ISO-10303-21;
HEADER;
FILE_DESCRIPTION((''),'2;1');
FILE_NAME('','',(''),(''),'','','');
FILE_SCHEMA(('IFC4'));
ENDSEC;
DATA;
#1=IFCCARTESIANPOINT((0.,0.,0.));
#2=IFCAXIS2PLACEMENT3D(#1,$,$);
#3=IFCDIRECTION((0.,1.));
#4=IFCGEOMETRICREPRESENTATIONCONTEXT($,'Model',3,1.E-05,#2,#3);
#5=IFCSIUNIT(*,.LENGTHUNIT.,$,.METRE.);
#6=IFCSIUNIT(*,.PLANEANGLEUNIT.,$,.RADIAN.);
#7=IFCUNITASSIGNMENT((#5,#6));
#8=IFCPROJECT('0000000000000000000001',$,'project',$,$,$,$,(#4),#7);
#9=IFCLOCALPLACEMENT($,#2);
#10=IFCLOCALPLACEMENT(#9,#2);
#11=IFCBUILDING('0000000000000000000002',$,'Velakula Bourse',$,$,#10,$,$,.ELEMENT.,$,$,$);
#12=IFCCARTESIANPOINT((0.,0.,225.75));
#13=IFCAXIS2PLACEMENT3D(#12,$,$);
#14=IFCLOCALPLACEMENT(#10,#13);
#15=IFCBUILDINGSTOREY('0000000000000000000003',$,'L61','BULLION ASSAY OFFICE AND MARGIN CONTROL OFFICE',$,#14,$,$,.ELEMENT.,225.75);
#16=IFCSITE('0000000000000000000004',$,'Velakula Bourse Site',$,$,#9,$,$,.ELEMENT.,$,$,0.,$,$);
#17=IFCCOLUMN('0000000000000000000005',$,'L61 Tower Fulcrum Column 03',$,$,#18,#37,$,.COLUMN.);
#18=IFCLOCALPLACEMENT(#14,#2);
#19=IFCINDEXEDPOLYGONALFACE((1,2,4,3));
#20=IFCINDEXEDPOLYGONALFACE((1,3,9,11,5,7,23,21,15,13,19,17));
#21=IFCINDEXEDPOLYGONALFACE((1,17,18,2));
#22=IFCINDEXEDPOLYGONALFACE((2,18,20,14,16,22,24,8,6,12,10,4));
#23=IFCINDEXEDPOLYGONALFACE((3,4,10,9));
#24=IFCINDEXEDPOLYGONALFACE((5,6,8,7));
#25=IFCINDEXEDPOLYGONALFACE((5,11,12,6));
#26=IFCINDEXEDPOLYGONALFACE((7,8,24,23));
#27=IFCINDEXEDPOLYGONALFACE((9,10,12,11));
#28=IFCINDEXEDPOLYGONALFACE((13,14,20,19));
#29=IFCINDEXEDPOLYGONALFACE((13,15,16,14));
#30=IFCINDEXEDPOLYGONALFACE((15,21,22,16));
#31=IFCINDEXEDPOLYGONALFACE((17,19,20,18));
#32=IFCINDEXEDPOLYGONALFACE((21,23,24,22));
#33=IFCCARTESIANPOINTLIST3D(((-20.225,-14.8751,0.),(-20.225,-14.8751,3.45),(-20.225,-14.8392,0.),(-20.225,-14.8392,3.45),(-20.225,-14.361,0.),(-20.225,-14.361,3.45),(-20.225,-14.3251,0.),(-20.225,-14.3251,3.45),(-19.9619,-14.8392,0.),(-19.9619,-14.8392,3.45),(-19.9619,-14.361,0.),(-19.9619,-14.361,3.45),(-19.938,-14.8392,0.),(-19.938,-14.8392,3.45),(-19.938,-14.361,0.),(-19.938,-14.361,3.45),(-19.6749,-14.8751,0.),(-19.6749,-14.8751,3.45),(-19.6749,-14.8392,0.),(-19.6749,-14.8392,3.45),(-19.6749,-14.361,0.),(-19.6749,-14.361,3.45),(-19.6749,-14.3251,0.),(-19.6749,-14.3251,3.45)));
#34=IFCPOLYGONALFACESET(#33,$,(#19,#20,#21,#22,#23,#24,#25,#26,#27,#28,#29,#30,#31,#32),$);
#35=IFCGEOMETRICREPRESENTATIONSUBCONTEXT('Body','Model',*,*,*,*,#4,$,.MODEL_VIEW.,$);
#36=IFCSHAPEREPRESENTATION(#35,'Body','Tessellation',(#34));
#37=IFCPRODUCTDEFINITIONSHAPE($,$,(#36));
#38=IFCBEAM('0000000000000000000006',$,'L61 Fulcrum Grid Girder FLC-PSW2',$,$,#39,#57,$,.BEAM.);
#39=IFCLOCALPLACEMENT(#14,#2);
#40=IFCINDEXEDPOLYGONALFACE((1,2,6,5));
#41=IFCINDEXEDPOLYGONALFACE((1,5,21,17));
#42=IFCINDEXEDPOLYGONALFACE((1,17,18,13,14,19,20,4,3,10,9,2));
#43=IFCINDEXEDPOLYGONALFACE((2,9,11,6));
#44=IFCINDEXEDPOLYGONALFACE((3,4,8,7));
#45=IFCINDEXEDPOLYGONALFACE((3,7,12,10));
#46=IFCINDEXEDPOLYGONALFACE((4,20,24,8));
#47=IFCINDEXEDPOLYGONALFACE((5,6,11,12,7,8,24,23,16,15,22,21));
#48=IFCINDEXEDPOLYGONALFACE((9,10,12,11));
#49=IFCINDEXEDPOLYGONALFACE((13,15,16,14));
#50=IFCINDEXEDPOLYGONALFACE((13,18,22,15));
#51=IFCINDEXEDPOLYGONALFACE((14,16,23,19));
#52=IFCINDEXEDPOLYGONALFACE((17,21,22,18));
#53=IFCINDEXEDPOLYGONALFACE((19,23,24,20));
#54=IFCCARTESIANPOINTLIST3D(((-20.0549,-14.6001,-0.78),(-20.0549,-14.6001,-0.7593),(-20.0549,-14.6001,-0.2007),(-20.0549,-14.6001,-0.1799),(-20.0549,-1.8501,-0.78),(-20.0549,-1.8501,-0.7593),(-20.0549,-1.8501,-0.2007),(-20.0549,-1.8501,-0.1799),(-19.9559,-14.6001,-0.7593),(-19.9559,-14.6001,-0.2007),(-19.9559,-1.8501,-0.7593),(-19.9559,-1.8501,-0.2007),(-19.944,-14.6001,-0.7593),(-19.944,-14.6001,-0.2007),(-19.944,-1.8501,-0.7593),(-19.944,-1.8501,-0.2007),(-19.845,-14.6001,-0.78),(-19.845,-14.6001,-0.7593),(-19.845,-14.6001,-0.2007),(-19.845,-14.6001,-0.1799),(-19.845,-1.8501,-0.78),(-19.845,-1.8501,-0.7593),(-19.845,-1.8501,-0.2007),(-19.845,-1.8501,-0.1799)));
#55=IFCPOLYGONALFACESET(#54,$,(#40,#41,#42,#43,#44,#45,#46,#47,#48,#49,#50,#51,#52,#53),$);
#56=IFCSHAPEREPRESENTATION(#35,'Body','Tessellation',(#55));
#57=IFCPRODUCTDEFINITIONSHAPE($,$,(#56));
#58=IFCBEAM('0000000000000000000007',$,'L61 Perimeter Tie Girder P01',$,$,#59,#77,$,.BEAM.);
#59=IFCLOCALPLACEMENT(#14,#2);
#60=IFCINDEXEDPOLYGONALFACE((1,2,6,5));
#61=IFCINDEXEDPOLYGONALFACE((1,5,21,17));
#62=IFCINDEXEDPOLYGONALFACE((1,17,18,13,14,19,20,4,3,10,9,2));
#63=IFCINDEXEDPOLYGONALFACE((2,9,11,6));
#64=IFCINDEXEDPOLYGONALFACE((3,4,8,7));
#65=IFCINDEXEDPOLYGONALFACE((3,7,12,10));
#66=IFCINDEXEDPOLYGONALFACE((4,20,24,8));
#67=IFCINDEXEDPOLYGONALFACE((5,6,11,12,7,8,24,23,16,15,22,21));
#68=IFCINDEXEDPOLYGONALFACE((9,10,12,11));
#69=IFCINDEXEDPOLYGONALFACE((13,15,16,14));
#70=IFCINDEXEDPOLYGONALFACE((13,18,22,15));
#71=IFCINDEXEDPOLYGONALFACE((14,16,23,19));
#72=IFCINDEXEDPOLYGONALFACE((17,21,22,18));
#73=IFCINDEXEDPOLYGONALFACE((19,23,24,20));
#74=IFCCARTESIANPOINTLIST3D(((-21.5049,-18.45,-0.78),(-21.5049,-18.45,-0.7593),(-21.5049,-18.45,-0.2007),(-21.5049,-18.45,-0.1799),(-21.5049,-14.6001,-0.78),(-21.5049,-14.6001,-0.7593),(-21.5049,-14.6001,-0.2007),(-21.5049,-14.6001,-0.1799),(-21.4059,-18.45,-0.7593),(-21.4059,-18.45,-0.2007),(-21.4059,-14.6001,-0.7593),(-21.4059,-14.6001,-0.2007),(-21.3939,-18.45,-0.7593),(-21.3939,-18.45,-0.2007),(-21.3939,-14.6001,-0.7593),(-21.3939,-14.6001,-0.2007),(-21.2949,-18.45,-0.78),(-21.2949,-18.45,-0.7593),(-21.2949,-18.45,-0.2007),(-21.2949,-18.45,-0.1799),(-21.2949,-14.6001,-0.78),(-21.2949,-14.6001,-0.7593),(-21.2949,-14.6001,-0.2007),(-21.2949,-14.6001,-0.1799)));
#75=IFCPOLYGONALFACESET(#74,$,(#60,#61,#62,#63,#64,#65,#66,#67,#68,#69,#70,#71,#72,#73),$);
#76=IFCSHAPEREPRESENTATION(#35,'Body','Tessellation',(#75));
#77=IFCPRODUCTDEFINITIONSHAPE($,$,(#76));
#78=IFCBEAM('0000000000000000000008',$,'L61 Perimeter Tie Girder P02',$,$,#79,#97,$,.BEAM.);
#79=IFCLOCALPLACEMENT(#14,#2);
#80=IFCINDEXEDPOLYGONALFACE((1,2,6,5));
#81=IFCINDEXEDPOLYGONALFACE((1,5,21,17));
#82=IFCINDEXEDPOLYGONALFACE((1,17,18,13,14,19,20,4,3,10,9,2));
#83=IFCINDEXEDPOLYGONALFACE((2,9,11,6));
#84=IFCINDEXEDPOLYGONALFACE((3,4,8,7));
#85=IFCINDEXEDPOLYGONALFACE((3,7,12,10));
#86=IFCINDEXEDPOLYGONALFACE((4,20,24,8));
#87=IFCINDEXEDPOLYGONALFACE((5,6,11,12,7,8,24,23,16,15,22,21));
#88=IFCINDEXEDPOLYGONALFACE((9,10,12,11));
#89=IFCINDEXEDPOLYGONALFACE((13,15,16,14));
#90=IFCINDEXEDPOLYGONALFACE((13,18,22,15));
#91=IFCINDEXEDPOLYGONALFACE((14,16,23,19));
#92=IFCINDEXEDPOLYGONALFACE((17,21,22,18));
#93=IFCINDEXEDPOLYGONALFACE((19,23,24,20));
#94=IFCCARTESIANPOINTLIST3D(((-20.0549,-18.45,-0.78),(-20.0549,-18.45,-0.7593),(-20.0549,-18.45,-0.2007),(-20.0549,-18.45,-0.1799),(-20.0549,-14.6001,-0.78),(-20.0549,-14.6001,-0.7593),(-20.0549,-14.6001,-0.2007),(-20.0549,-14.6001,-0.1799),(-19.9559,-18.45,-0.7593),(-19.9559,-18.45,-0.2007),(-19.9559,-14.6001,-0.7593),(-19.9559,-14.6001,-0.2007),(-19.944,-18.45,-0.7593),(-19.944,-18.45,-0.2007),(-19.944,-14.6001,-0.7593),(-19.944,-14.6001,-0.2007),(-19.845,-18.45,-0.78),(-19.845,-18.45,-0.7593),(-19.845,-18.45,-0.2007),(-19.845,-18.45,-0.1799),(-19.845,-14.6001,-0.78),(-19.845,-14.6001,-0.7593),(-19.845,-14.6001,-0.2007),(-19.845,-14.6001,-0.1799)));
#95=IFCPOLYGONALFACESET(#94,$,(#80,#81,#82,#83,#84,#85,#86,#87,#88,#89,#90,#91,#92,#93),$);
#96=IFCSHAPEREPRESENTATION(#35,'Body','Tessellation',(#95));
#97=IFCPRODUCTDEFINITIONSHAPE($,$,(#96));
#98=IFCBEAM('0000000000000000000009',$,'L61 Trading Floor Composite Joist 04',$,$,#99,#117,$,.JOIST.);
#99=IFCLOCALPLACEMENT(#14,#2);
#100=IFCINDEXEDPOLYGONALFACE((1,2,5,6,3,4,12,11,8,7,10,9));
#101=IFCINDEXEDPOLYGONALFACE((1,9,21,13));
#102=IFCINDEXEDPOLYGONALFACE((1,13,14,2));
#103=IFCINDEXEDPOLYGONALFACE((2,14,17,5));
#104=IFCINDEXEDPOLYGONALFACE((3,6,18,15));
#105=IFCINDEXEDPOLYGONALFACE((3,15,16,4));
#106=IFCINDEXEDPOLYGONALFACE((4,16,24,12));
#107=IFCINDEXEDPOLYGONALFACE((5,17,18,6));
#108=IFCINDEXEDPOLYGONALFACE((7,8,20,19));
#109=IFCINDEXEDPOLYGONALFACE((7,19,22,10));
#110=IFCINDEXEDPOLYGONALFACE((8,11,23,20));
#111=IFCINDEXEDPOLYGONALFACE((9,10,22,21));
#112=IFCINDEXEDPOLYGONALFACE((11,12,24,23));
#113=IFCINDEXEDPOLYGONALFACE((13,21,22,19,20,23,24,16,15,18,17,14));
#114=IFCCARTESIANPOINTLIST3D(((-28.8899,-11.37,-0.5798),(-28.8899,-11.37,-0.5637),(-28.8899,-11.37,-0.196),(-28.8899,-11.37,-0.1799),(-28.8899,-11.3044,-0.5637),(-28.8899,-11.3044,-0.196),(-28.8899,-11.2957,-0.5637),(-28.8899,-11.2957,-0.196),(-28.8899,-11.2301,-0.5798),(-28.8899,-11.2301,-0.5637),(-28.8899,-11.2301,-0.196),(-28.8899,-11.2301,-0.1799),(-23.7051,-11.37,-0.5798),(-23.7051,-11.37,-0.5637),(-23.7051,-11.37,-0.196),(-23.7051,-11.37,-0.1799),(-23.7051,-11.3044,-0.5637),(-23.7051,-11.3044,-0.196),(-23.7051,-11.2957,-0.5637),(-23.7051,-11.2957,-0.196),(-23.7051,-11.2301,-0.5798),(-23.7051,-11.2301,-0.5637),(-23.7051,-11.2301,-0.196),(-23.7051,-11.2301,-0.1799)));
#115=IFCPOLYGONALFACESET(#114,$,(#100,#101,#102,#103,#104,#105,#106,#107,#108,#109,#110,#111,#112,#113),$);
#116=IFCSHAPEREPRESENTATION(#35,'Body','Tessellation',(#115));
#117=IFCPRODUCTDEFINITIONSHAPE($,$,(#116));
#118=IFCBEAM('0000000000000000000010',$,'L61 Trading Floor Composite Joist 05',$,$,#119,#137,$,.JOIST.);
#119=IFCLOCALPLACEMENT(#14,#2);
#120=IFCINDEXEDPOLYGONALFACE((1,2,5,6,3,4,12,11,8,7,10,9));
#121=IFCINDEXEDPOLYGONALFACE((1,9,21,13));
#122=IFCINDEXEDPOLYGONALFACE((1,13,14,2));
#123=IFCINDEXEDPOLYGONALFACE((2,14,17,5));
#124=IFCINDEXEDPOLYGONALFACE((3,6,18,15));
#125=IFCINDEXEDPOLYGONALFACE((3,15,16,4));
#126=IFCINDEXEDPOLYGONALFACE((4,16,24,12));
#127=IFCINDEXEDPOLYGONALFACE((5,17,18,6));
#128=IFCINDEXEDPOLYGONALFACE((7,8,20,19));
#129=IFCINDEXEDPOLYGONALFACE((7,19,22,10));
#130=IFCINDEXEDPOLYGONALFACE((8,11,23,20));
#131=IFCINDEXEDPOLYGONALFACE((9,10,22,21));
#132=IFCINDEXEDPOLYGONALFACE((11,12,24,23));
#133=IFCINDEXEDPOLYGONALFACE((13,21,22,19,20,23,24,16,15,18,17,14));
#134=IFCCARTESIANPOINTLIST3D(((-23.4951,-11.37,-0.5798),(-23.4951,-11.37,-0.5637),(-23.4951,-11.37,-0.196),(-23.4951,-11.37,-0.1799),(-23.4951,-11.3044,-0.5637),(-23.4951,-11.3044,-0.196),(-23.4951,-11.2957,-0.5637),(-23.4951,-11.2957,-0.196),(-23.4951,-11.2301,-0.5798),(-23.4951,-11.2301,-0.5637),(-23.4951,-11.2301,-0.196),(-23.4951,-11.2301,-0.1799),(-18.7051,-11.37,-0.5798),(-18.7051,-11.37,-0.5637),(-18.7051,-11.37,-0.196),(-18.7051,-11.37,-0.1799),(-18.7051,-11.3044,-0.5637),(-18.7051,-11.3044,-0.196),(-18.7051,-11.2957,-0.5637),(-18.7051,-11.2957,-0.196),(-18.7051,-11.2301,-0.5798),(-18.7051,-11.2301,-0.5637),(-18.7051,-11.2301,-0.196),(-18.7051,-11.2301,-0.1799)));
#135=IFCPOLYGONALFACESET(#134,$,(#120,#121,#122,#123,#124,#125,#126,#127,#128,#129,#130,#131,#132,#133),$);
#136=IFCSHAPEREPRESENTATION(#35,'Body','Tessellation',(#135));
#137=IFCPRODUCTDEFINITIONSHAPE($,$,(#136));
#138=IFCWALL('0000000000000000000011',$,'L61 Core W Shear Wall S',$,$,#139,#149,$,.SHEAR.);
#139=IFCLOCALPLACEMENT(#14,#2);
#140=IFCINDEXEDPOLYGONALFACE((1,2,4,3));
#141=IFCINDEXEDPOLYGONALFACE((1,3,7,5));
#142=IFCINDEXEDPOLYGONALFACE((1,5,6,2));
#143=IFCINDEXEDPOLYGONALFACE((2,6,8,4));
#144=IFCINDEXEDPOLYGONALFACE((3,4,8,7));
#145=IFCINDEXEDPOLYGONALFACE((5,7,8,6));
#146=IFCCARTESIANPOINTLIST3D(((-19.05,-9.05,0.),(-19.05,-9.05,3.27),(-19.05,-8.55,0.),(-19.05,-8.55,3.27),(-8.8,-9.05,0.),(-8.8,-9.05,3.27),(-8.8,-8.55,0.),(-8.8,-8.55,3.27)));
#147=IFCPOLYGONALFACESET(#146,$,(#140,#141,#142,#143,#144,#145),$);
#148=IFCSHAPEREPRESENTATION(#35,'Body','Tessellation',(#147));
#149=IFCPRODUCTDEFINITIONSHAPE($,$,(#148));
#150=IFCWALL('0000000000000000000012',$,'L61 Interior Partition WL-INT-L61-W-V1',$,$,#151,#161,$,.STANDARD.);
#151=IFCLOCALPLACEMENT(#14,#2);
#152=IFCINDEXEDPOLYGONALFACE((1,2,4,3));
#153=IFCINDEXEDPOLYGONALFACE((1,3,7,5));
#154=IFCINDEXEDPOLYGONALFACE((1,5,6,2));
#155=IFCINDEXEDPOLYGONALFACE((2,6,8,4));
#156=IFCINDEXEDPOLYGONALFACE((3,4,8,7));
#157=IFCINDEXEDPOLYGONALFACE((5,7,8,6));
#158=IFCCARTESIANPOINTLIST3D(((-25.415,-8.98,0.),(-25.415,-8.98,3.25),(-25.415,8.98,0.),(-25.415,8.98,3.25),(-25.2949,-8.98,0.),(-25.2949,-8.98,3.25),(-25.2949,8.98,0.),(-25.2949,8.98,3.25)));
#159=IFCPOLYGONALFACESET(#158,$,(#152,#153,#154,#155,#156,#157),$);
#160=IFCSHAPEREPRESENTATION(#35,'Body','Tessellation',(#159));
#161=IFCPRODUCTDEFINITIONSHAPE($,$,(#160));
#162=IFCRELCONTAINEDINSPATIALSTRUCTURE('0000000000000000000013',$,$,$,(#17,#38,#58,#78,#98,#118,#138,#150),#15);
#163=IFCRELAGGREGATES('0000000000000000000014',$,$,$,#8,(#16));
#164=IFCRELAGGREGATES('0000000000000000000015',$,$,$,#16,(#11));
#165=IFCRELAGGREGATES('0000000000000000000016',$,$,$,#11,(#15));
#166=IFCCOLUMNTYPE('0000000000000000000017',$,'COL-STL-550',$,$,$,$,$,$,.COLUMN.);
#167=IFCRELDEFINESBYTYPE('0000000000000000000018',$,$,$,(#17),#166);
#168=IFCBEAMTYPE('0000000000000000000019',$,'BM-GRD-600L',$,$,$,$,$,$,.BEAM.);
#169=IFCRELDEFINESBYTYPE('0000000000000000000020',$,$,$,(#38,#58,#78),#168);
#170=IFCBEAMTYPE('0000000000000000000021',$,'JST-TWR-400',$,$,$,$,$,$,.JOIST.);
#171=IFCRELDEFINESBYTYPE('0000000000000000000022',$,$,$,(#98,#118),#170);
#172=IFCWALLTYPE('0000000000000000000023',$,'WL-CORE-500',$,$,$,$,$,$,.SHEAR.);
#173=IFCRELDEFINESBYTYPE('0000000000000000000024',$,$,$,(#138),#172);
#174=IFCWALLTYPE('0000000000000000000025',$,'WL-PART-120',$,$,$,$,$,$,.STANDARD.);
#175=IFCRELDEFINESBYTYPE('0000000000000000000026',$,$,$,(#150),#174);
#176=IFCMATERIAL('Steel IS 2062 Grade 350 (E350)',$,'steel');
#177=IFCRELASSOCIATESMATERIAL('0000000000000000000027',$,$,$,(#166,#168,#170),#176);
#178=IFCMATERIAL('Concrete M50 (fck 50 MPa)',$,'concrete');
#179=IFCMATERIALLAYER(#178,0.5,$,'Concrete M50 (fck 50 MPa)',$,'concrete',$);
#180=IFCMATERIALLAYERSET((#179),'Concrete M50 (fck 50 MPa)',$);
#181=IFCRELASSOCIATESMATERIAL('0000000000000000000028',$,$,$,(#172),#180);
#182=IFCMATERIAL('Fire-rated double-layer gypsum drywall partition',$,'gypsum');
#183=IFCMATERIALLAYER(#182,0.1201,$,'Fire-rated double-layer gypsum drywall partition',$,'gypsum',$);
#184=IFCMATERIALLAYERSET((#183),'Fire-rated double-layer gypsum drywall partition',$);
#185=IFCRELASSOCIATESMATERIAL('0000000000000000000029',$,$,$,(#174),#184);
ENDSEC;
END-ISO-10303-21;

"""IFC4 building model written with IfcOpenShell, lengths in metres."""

from ifc_helpers import new_model, si_unit, direction, frame, frame_2d, origin, origin_2d, place, context, subcontext, project, spatial, rectangle, i_section, extrude, material, layer, layer_set, material_profile, profile_set, type_object, element, save


model = new_model("IFC4")

# Units and contexts
model_context = context("Model", 3, precision=1e-05, world=origin(), true_north=direction((0.0, 1.0)))
body_context = subcontext(model_context, "Body", "Model", "MODEL_VIEW")
ifc_project = project(units=[si_unit("LENGTHUNIT", "METRE"), si_unit("PLANEANGLEUNIT", "RADIAN")], contexts=[model_context])

# Site, building, storey
site_placement = place(None, origin())
site = spatial("IfcSite", under=ifc_project, at=site_placement, Name="Velakula Bourse Site", CompositionType="ELEMENT", RefElevation=0.0)
building_placement = place(site_placement, origin())
building = spatial("IfcBuilding", under=site, at=building_placement, Name="Velakula Bourse", CompositionType="ELEMENT")
storey_placement = place(building_placement, frame((0.0, 0.0, 225.75)))
storey = spatial("IfcBuildingStorey", under=building, at=storey_placement, Name="L61", Description="BULLION ASSAY OFFICE AND MARGIN CONTROL OFFICE", CompositionType="ELEMENT", Elevation=225.75)

# Column
ifc_material_1 = material(Name="Steel IS 2062 Grade 350 (E350)", Category="steel")
ifc_material_profile_1 = material_profile(ifc_material_1, i_section(OverallWidth=0.55, OverallDepth=0.55, WebThickness=0.0239, FlangeThickness=0.0359, at=origin_2d()), Name="Steel IS 2062 Grade 350 (E350)")
ifc_profile_set_1 = profile_set([ifc_material_profile_1], Name="Steel IS 2062 Grade 350 (E350)")
column_type = type_object("IfcColumnType", Name="COL-STL-550", PredefinedType="COLUMN", material=ifc_profile_set_1)
column_placement = place(storey_placement, frame((-19.95, -14.6001, 0.0), z_axis=(0.0, 0.0, 1.0), x_axis=(1.0, 0.0, 0.0)))
element("IfcColumn", 1, at=column_placement, inside=storey, type_object=column_type, Name="L61 Tower Fulcrum Column 03", PredefinedType="COLUMN", context=body_context, shape_type="SweptSolid", body=[
    extrude(i_section(OverallWidth=0.55, OverallDepth=0.55, WebThickness=0.0239, FlangeThickness=0.0359, at=origin_2d()), origin(), (0.0, 0.0, 1.0), 3.45),
])

# Beams
ifc_material_profile_2 = material_profile(ifc_material_1, i_section(OverallWidth=0.21, OverallDepth=0.6001, WebThickness=0.012, FlangeThickness=0.0208, at=origin_2d()), Name="Steel IS 2062 Grade 350 (E350)")
ifc_profile_set_2 = profile_set([ifc_material_profile_2], Name="Steel IS 2062 Grade 350 (E350)")
beam_type_1 = type_object("IfcBeamType", Name="BM-GRD-600L", PredefinedType="BEAM", material=ifc_profile_set_2)
beam_1_placement = place(storey_placement, frame((-19.95, -14.6001, -0.48), z_axis=(0.0, 1.0, 0.0), x_axis=(-1.0, 0.0, 0.0)))
element("IfcBeam", 2, at=beam_1_placement, inside=storey, type_object=beam_type_1, Name="L61 Fulcrum Grid Girder FLC-PSW2", PredefinedType="BEAM", context=body_context, shape_type="SweptSolid", body=[
    extrude(i_section(OverallWidth=0.21, OverallDepth=0.6001, WebThickness=0.012, FlangeThickness=0.0208, at=origin_2d()), origin(), (0.0, 0.0, 1.0), 12.75),
])
for number, where, z_axis, x_axis, name in (
    (3, (-21.3999, -14.6001, -0.48), (0.0, -1.0, 0.0), (1.0, 0.0, 0.0), "L61 Perimeter Tie Girder P01"),
    (4, (-19.95, -14.6001, -0.48), (0.0, -1.0, 0.0), (1.0, 0.0, 0.0), "L61 Perimeter Tie Girder P02"),
):
    element("IfcBeam", number, at=place(storey_placement, frame(where, z_axis=z_axis, x_axis=x_axis)), inside=storey, type_object=beam_type_1, Name=name, PredefinedType="BEAM", context=body_context, shape_type="SweptSolid", body=[
        extrude(i_section(OverallWidth=0.21, OverallDepth=0.6001, WebThickness=0.012, FlangeThickness=0.0208, at=origin_2d()), origin(), (0.0, 0.0, 1.0), 3.8499),
    ])
ifc_material_profile_3 = material_profile(ifc_material_1, i_section(OverallWidth=0.1399, OverallDepth=0.3999, WebThickness=0.0088, FlangeThickness=0.0161, at=origin_2d()), Name="Steel IS 2062 Grade 350 (E350)")
ifc_profile_set_3 = profile_set([ifc_material_profile_3], Name="Steel IS 2062 Grade 350 (E350)")
beam_type_2 = type_object("IfcBeamType", Name="JST-TWR-400", PredefinedType="JOIST", material=ifc_profile_set_3)
beam_2_placement = place(storey_placement, frame((-28.8899, -11.3, -0.3799), z_axis=(1.0, 0.0, 0.0), x_axis=(0.0, 1.0, 0.0)))
element("IfcBeam", 5, at=beam_2_placement, inside=storey, type_object=beam_type_2, Name="L61 Trading Floor Composite Joist 04", PredefinedType="JOIST", context=body_context, shape_type="SweptSolid", body=[
    extrude(i_section(OverallWidth=0.1399, OverallDepth=0.3999, WebThickness=0.0088, FlangeThickness=0.0161, at=origin_2d()), origin(), (0.0, 0.0, 1.0), 5.1848),
])
beam_3_placement = place(storey_placement, frame((-23.4951, -11.3, -0.3799), z_axis=(1.0, 0.0, 0.0), x_axis=(0.0, 1.0, 0.0)))
element("IfcBeam", 6, at=beam_3_placement, inside=storey, type_object=beam_type_2, Name="L61 Trading Floor Composite Joist 05", PredefinedType="JOIST", context=body_context, shape_type="SweptSolid", body=[
    extrude(i_section(OverallWidth=0.1399, OverallDepth=0.3999, WebThickness=0.0088, FlangeThickness=0.0161, at=origin_2d()), origin(), (0.0, 0.0, 1.0), 4.79),
])

# Walls
ifc_material_2 = material(Name="Concrete M50 (fck 50 MPa)", Category="concrete")
ifc_layer_1 = layer(ifc_material_2, 0.5, Name="Concrete M50 (fck 50 MPa)", Category="concrete")
ifc_layer_set_1 = layer_set([ifc_layer_1], Name="Concrete M50 (fck 50 MPa)")
wall_type_1 = type_object("IfcWallType", Name="WL-CORE-500", PredefinedType="SHEAR", material=ifc_layer_set_1)
wall_1_placement = place(storey_placement, frame((-19.05, -8.8, 0.0), z_axis=(0.0, 0.0, 1.0), x_axis=(1.0, 0.0, 0.0)))
element("IfcWall", 7, at=wall_1_placement, inside=storey, type_object=wall_type_1, Name="L61 Core W Shear Wall S", PredefinedType="SHEAR", context=body_context, shape_type="SweptSolid", body=[
    extrude(rectangle(XDim=10.25, YDim=0.5, at=frame_2d((5.125, 0.0))), origin(), (0.0, 0.0, 1.0), 3.27),
])
ifc_material_3 = material(Name="Fire-rated double-layer gypsum drywall partition", Category="gypsum")
ifc_layer_2 = layer(ifc_material_3, 0.1201, Name="Fire-rated double-layer gypsum drywall partition", Category="gypsum")
ifc_layer_set_2 = layer_set([ifc_layer_2], Name="Fire-rated double-layer gypsum drywall partition")
wall_type_2 = type_object("IfcWallType", Name="WL-PART-120", PredefinedType="STANDARD", material=ifc_layer_set_2)
wall_2_placement = place(storey_placement, frame((-25.355, -8.98, 0.0), z_axis=(0.0, 0.0, 1.0), x_axis=(0.0, 1.0, 0.0)))
element("IfcWall", 8, at=wall_2_placement, inside=storey, type_object=wall_type_2, Name="L61 Interior Partition WL-INT-L61-W-V1", PredefinedType="STANDARD", context=body_context, shape_type="SweptSolid", body=[
    extrude(rectangle(XDim=17.96, YDim=0.1201, at=frame_2d((8.98, 0.0))), origin(), (0.0, 0.0, 1.0), 3.25),
])

save(model, "model.ifc")
